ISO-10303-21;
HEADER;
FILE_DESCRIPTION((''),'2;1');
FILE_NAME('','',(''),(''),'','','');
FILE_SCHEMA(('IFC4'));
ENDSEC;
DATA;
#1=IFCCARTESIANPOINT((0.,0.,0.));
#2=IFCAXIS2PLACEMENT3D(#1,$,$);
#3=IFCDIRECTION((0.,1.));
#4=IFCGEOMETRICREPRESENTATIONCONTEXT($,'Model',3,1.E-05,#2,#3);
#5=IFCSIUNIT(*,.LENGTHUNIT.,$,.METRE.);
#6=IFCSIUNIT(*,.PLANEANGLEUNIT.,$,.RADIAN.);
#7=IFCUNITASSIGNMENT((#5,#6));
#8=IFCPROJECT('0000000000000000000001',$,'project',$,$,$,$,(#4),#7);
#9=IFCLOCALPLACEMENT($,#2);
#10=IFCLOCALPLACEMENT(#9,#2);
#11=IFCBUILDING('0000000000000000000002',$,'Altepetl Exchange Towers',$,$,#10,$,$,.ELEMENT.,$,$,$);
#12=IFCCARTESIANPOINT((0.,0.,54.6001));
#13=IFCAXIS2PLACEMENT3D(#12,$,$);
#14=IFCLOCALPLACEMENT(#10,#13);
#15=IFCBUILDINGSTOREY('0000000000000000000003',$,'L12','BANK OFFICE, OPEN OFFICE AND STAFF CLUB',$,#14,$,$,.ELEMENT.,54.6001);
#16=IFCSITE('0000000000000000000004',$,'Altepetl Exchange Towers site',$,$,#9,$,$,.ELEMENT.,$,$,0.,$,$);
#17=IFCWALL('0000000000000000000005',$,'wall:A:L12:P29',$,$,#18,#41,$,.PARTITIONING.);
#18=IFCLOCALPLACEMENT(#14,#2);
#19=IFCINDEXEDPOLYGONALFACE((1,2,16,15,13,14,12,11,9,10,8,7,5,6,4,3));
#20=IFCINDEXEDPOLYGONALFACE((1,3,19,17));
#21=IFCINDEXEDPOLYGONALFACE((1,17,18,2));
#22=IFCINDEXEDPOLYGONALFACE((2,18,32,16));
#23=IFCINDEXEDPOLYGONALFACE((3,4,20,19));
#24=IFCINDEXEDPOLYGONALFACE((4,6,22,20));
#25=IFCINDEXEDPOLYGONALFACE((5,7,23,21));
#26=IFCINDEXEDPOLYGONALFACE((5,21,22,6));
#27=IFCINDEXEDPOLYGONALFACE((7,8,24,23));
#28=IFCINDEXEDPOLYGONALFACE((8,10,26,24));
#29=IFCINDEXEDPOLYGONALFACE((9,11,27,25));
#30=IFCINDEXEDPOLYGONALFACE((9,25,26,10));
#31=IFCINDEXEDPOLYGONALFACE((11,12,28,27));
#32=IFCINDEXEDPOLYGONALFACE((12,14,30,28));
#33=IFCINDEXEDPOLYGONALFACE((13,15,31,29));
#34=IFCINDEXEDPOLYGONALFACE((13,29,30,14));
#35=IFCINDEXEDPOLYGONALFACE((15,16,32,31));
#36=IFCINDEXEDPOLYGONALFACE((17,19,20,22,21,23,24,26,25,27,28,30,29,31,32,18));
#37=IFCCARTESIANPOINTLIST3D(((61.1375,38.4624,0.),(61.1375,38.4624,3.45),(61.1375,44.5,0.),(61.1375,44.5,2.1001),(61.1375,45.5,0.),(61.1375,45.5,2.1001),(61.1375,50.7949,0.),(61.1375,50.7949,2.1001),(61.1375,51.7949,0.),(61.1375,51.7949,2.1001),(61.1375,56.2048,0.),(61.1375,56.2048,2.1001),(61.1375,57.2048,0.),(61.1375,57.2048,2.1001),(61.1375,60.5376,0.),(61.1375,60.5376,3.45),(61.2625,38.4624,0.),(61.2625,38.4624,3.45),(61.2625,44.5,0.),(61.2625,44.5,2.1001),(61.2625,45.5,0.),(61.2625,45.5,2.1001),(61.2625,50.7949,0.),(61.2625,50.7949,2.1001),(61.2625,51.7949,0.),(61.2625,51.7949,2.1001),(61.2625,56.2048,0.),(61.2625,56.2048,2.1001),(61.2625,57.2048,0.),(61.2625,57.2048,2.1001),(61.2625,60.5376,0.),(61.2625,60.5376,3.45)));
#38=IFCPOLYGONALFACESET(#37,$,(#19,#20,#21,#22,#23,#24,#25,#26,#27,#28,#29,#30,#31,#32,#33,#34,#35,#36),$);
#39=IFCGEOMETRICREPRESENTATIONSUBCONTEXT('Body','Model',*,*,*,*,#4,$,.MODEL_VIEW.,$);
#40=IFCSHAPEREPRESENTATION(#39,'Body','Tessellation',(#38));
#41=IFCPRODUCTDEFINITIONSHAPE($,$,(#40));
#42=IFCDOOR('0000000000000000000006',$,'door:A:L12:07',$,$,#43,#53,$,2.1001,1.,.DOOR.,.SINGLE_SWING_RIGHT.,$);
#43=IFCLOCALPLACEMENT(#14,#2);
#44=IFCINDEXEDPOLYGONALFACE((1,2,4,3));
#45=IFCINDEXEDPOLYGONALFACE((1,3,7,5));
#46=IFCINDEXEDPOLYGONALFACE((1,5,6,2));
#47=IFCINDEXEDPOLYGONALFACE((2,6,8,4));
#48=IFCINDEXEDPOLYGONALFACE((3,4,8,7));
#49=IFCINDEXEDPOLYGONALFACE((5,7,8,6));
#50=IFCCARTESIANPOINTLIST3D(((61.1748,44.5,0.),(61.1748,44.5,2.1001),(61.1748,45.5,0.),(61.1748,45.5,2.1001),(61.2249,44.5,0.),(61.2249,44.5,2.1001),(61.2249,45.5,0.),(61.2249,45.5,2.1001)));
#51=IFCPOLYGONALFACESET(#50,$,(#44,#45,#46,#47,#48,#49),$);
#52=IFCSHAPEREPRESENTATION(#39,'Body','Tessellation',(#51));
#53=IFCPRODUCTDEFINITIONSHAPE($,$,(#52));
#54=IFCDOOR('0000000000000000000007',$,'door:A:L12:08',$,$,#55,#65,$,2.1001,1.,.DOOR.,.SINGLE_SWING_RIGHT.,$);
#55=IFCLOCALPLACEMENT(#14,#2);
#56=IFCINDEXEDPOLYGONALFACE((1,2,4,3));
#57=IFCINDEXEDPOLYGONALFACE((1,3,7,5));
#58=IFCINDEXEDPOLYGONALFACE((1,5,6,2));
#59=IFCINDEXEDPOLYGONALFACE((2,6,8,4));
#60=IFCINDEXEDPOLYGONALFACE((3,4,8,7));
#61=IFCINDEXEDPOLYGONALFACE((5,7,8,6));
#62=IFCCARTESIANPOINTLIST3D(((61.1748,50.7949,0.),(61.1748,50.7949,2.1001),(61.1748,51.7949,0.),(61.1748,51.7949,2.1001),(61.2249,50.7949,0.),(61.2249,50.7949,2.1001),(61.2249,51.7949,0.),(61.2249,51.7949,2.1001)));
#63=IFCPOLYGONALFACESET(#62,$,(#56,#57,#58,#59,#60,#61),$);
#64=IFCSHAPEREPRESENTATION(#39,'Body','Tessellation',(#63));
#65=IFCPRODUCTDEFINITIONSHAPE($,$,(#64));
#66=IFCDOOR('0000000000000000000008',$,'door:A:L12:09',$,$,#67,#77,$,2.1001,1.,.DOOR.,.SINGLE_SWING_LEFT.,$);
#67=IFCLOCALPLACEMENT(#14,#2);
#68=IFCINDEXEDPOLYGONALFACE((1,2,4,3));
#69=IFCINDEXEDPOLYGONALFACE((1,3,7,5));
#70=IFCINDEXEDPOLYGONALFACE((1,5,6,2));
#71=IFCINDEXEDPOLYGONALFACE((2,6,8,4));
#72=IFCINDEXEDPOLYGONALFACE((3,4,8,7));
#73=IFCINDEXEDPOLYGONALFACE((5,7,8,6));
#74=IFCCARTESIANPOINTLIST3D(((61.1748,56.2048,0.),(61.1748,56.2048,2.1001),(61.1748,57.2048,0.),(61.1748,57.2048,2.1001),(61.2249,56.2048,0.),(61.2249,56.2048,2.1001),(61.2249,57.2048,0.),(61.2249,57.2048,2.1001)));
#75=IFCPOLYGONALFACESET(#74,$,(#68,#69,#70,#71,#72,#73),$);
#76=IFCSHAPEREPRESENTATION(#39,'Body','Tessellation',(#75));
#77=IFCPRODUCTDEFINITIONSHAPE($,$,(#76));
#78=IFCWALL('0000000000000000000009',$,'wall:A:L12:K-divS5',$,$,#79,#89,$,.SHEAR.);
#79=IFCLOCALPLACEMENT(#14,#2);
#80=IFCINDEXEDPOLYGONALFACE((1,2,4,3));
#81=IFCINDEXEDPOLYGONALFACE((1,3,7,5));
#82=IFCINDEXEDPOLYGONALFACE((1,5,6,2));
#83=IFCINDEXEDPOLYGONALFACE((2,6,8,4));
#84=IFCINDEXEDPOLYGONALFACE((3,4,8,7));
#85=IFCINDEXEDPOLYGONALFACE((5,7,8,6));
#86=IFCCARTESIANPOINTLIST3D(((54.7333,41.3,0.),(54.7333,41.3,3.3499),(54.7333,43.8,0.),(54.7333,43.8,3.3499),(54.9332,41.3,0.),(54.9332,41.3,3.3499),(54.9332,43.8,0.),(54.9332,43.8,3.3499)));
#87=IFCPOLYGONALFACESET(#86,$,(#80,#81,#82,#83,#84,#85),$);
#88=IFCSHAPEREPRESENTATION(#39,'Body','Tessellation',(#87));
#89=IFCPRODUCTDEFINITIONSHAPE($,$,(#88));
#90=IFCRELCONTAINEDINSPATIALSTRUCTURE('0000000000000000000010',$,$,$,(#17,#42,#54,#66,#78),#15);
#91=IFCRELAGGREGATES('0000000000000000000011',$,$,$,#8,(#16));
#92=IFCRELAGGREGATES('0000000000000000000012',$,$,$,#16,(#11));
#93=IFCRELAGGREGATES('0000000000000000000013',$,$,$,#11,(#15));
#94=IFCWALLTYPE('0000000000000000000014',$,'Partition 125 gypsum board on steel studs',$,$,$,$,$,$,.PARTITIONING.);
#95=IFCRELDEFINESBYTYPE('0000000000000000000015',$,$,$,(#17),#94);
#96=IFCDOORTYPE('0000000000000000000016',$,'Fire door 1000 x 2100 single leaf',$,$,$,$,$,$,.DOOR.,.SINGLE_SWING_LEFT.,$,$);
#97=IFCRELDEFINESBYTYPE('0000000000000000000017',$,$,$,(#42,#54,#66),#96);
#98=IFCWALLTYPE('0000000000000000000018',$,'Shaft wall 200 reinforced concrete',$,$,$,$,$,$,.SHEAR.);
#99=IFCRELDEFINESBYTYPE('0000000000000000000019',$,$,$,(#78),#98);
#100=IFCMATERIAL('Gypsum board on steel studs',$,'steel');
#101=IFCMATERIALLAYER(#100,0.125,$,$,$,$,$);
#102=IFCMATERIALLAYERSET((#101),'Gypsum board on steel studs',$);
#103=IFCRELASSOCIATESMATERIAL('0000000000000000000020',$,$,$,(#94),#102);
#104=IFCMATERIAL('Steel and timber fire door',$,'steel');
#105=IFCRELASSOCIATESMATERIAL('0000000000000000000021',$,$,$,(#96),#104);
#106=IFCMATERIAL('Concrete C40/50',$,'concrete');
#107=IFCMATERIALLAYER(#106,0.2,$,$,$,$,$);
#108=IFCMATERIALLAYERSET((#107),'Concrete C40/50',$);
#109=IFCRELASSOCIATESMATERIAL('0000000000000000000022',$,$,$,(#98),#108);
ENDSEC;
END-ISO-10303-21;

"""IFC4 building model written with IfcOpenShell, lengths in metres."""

from ifc_helpers import new_model, si_unit, direction, frame, frame_2d, origin, place, context, subcontext, project, spatial, rectangle, extrude, material, layer, layer_set, type_object, element, fill, save


model = new_model("IFC4")

# Units and contexts
model_context = context("Model", 3, precision=1e-05, world=origin(), true_north=direction((0.0, 1.0)))
body_context = subcontext(model_context, "Body", "Model", "MODEL_VIEW")
ifc_project = project(units=[si_unit("LENGTHUNIT", "METRE"), si_unit("PLANEANGLEUNIT", "RADIAN")], contexts=[model_context])

# Site, building, storey
site_placement = place(None, origin())
site = spatial("IfcSite", under=ifc_project, at=site_placement, Name="Altepetl Exchange Towers site", CompositionType="ELEMENT", RefElevation=0.0)
building_placement = place(site_placement, origin())
building = spatial("IfcBuilding", under=site, at=building_placement, Name="Altepetl Exchange Towers", CompositionType="ELEMENT")
storey_placement = place(building_placement, frame((0.0, 0.0, 54.6001)))
storey = spatial("IfcBuildingStorey", under=building, at=storey_placement, Name="L12", Description="BANK OFFICE, OPEN OFFICE AND STAFF CLUB", CompositionType="ELEMENT", Elevation=54.6001)

# Shared definitions
ifc_material_1 = material(Name="Steel and timber fire door", Category="steel")

# Shared definitions
ifc_material_2 = material(Name="Gypsum board on steel studs", Category="steel")
ifc_layer_1 = layer(ifc_material_2, 0.125)
ifc_layer_set_1 = layer_set([ifc_layer_1], Name="Gypsum board on steel studs")
wall_type_1 = type_object("IfcWallType", Name="Partition 125 gypsum board on steel studs", PredefinedType="PARTITIONING", material=ifc_layer_set_1)

# Wall, openings, doors
wall_1_placement = place(storey_placement, frame((61.2, 38.4624, 0.0), z_axis=(0.0, 0.0, 1.0), x_axis=(0.0, 1.0, 0.0)))
wall_1 = element("IfcWall", 1, at=wall_1_placement, inside=storey, type_object=wall_type_1, Name="wall:A:L12:P29", PredefinedType="PARTITIONING", context=body_context, shape_type="SweptSolid", body=[
    extrude(rectangle(XDim=22.0752, YDim=0.125, at=frame_2d((11.0376, 0.0))), origin(), (0.0, 0.0, 1.0), 3.45),
])
opening_1_placement = place(wall_1_placement, frame((6.0376, 0.0, 0.0)))
opening_1 = element("IfcOpeningElement", 2, at=opening_1_placement, cuts=wall_1, PredefinedType="OPENING", context=body_context, shape_type="SweptSolid", body=[
    extrude(rectangle(XDim=1.0, YDim=2.1001, at=frame_2d((0.5, 1.05))), frame((0.0, 0.0725, 0.0), z_axis=(0.0, -1.0, 0.0), x_axis=(1.0, 0.0, 0.0)), (0.0, 0.0, 1.0), 0.145),
])
opening_2_placement = place(wall_1_placement, frame((12.3325, 0.0, 0.0)))
opening_2 = element("IfcOpeningElement", 3, at=opening_2_placement, cuts=wall_1, PredefinedType="OPENING", context=body_context, shape_type="SweptSolid", body=[
    extrude(rectangle(XDim=1.0, YDim=2.1001, at=frame_2d((0.5, 1.05))), frame((0.0, 0.0725, 0.0), z_axis=(0.0, -1.0, 0.0), x_axis=(1.0, 0.0, 0.0)), (0.0, 0.0, 1.0), 0.145),
])
opening_3_placement = place(wall_1_placement, frame((17.7424, 0.0, 0.0)))
opening_3 = element("IfcOpeningElement", 4, at=opening_3_placement, cuts=wall_1, PredefinedType="OPENING", context=body_context, shape_type="SweptSolid", body=[
    extrude(rectangle(XDim=1.0, YDim=2.1001, at=frame_2d((0.5, 1.05))), frame((0.0, 0.0725, 0.0), z_axis=(0.0, -1.0, 0.0), x_axis=(1.0, 0.0, 0.0)), (0.0, 0.0, 1.0), 0.145),
])
door_type_1 = type_object("IfcDoorType", Name="Fire door 1000 x 2100 single leaf", OperationType="SINGLE_SWING_LEFT", PredefinedType="DOOR", material=ifc_material_1)
door_1_placement = place(opening_1_placement, frame((1.0, 0.0, 0.0), x_axis=(-1.0, 0.0, 0.0)))
door_1 = element("IfcDoor", 5, at=door_1_placement, inside=storey, type_object=door_type_1, Name="door:A:L12:07", OperationType="SINGLE_SWING_RIGHT", OverallHeight=2.1001, OverallWidth=1.0, PredefinedType="DOOR", context=body_context, shape_type="SweptSolid", body=[
    extrude(rectangle(XDim=1.0, YDim=2.1001, at=frame_2d((0.5, 1.05))), frame((0.0, 0.0249, 0.0), z_axis=(0.0, -1.0, 0.0), x_axis=(1.0, 0.0, 0.0)), (0.0, 0.0, 1.0), 0.05),
])
fill(opening_1, door_1)
door_2_placement = place(opening_2_placement, frame((1.0, 0.0, 0.0), x_axis=(-1.0, 0.0, 0.0)))
door_2 = element("IfcDoor", 6, at=door_2_placement, inside=storey, type_object=door_type_1, Name="door:A:L12:08", OperationType="SINGLE_SWING_RIGHT", OverallHeight=2.1001, OverallWidth=1.0, PredefinedType="DOOR", context=body_context, shape_type="SweptSolid", body=[
    extrude(rectangle(XDim=1.0, YDim=2.1001, at=frame_2d((0.5, 1.05))), frame((0.0, 0.0249, 0.0), z_axis=(0.0, -1.0, 0.0), x_axis=(1.0, 0.0, 0.0)), (0.0, 0.0, 1.0), 0.05),
])
fill(opening_2, door_2)
door_3_placement = place(opening_3_placement, frame((1.0, 0.0, 0.0), x_axis=(-1.0, 0.0, 0.0)))
door_3 = element("IfcDoor", 7, at=door_3_placement, inside=storey, type_object=door_type_1, Name="door:A:L12:09", OperationType="SINGLE_SWING_LEFT", OverallHeight=2.1001, OverallWidth=1.0, PredefinedType="DOOR", context=body_context, shape_type="SweptSolid", body=[
    extrude(rectangle(XDim=1.0, YDim=2.1001, at=frame_2d((0.5, 1.05))), frame((0.0, 0.0249, 0.0), z_axis=(0.0, -1.0, 0.0), x_axis=(1.0, 0.0, 0.0)), (0.0, 0.0, 1.0), 0.05),
])
fill(opening_3, door_3)

# Wall
ifc_material_3 = material(Name="Concrete C40/50", Category="concrete")
ifc_layer_2 = layer(ifc_material_3, 0.2)
ifc_layer_set_2 = layer_set([ifc_layer_2], Name="Concrete C40/50")
wall_type_2 = type_object("IfcWallType", Name="Shaft wall 200 reinforced concrete", PredefinedType="SHEAR", material=ifc_layer_set_2)
wall_2_placement = place(storey_placement, frame((54.8333, 41.3, 0.0), z_axis=(0.0, 0.0, 1.0), x_axis=(0.0, 1.0, 0.0)))
element("IfcWall", 8, at=wall_2_placement, inside=storey, type_object=wall_type_2, Name="wall:A:L12:K-divS5", PredefinedType="SHEAR", context=body_context, shape_type="SweptSolid", body=[
    extrude(rectangle(XDim=2.5, YDim=0.2, at=frame_2d((1.25, 0.0))), origin(), (0.0, 0.0, 1.0), 3.3499),
])

save(model, "model.ifc")
